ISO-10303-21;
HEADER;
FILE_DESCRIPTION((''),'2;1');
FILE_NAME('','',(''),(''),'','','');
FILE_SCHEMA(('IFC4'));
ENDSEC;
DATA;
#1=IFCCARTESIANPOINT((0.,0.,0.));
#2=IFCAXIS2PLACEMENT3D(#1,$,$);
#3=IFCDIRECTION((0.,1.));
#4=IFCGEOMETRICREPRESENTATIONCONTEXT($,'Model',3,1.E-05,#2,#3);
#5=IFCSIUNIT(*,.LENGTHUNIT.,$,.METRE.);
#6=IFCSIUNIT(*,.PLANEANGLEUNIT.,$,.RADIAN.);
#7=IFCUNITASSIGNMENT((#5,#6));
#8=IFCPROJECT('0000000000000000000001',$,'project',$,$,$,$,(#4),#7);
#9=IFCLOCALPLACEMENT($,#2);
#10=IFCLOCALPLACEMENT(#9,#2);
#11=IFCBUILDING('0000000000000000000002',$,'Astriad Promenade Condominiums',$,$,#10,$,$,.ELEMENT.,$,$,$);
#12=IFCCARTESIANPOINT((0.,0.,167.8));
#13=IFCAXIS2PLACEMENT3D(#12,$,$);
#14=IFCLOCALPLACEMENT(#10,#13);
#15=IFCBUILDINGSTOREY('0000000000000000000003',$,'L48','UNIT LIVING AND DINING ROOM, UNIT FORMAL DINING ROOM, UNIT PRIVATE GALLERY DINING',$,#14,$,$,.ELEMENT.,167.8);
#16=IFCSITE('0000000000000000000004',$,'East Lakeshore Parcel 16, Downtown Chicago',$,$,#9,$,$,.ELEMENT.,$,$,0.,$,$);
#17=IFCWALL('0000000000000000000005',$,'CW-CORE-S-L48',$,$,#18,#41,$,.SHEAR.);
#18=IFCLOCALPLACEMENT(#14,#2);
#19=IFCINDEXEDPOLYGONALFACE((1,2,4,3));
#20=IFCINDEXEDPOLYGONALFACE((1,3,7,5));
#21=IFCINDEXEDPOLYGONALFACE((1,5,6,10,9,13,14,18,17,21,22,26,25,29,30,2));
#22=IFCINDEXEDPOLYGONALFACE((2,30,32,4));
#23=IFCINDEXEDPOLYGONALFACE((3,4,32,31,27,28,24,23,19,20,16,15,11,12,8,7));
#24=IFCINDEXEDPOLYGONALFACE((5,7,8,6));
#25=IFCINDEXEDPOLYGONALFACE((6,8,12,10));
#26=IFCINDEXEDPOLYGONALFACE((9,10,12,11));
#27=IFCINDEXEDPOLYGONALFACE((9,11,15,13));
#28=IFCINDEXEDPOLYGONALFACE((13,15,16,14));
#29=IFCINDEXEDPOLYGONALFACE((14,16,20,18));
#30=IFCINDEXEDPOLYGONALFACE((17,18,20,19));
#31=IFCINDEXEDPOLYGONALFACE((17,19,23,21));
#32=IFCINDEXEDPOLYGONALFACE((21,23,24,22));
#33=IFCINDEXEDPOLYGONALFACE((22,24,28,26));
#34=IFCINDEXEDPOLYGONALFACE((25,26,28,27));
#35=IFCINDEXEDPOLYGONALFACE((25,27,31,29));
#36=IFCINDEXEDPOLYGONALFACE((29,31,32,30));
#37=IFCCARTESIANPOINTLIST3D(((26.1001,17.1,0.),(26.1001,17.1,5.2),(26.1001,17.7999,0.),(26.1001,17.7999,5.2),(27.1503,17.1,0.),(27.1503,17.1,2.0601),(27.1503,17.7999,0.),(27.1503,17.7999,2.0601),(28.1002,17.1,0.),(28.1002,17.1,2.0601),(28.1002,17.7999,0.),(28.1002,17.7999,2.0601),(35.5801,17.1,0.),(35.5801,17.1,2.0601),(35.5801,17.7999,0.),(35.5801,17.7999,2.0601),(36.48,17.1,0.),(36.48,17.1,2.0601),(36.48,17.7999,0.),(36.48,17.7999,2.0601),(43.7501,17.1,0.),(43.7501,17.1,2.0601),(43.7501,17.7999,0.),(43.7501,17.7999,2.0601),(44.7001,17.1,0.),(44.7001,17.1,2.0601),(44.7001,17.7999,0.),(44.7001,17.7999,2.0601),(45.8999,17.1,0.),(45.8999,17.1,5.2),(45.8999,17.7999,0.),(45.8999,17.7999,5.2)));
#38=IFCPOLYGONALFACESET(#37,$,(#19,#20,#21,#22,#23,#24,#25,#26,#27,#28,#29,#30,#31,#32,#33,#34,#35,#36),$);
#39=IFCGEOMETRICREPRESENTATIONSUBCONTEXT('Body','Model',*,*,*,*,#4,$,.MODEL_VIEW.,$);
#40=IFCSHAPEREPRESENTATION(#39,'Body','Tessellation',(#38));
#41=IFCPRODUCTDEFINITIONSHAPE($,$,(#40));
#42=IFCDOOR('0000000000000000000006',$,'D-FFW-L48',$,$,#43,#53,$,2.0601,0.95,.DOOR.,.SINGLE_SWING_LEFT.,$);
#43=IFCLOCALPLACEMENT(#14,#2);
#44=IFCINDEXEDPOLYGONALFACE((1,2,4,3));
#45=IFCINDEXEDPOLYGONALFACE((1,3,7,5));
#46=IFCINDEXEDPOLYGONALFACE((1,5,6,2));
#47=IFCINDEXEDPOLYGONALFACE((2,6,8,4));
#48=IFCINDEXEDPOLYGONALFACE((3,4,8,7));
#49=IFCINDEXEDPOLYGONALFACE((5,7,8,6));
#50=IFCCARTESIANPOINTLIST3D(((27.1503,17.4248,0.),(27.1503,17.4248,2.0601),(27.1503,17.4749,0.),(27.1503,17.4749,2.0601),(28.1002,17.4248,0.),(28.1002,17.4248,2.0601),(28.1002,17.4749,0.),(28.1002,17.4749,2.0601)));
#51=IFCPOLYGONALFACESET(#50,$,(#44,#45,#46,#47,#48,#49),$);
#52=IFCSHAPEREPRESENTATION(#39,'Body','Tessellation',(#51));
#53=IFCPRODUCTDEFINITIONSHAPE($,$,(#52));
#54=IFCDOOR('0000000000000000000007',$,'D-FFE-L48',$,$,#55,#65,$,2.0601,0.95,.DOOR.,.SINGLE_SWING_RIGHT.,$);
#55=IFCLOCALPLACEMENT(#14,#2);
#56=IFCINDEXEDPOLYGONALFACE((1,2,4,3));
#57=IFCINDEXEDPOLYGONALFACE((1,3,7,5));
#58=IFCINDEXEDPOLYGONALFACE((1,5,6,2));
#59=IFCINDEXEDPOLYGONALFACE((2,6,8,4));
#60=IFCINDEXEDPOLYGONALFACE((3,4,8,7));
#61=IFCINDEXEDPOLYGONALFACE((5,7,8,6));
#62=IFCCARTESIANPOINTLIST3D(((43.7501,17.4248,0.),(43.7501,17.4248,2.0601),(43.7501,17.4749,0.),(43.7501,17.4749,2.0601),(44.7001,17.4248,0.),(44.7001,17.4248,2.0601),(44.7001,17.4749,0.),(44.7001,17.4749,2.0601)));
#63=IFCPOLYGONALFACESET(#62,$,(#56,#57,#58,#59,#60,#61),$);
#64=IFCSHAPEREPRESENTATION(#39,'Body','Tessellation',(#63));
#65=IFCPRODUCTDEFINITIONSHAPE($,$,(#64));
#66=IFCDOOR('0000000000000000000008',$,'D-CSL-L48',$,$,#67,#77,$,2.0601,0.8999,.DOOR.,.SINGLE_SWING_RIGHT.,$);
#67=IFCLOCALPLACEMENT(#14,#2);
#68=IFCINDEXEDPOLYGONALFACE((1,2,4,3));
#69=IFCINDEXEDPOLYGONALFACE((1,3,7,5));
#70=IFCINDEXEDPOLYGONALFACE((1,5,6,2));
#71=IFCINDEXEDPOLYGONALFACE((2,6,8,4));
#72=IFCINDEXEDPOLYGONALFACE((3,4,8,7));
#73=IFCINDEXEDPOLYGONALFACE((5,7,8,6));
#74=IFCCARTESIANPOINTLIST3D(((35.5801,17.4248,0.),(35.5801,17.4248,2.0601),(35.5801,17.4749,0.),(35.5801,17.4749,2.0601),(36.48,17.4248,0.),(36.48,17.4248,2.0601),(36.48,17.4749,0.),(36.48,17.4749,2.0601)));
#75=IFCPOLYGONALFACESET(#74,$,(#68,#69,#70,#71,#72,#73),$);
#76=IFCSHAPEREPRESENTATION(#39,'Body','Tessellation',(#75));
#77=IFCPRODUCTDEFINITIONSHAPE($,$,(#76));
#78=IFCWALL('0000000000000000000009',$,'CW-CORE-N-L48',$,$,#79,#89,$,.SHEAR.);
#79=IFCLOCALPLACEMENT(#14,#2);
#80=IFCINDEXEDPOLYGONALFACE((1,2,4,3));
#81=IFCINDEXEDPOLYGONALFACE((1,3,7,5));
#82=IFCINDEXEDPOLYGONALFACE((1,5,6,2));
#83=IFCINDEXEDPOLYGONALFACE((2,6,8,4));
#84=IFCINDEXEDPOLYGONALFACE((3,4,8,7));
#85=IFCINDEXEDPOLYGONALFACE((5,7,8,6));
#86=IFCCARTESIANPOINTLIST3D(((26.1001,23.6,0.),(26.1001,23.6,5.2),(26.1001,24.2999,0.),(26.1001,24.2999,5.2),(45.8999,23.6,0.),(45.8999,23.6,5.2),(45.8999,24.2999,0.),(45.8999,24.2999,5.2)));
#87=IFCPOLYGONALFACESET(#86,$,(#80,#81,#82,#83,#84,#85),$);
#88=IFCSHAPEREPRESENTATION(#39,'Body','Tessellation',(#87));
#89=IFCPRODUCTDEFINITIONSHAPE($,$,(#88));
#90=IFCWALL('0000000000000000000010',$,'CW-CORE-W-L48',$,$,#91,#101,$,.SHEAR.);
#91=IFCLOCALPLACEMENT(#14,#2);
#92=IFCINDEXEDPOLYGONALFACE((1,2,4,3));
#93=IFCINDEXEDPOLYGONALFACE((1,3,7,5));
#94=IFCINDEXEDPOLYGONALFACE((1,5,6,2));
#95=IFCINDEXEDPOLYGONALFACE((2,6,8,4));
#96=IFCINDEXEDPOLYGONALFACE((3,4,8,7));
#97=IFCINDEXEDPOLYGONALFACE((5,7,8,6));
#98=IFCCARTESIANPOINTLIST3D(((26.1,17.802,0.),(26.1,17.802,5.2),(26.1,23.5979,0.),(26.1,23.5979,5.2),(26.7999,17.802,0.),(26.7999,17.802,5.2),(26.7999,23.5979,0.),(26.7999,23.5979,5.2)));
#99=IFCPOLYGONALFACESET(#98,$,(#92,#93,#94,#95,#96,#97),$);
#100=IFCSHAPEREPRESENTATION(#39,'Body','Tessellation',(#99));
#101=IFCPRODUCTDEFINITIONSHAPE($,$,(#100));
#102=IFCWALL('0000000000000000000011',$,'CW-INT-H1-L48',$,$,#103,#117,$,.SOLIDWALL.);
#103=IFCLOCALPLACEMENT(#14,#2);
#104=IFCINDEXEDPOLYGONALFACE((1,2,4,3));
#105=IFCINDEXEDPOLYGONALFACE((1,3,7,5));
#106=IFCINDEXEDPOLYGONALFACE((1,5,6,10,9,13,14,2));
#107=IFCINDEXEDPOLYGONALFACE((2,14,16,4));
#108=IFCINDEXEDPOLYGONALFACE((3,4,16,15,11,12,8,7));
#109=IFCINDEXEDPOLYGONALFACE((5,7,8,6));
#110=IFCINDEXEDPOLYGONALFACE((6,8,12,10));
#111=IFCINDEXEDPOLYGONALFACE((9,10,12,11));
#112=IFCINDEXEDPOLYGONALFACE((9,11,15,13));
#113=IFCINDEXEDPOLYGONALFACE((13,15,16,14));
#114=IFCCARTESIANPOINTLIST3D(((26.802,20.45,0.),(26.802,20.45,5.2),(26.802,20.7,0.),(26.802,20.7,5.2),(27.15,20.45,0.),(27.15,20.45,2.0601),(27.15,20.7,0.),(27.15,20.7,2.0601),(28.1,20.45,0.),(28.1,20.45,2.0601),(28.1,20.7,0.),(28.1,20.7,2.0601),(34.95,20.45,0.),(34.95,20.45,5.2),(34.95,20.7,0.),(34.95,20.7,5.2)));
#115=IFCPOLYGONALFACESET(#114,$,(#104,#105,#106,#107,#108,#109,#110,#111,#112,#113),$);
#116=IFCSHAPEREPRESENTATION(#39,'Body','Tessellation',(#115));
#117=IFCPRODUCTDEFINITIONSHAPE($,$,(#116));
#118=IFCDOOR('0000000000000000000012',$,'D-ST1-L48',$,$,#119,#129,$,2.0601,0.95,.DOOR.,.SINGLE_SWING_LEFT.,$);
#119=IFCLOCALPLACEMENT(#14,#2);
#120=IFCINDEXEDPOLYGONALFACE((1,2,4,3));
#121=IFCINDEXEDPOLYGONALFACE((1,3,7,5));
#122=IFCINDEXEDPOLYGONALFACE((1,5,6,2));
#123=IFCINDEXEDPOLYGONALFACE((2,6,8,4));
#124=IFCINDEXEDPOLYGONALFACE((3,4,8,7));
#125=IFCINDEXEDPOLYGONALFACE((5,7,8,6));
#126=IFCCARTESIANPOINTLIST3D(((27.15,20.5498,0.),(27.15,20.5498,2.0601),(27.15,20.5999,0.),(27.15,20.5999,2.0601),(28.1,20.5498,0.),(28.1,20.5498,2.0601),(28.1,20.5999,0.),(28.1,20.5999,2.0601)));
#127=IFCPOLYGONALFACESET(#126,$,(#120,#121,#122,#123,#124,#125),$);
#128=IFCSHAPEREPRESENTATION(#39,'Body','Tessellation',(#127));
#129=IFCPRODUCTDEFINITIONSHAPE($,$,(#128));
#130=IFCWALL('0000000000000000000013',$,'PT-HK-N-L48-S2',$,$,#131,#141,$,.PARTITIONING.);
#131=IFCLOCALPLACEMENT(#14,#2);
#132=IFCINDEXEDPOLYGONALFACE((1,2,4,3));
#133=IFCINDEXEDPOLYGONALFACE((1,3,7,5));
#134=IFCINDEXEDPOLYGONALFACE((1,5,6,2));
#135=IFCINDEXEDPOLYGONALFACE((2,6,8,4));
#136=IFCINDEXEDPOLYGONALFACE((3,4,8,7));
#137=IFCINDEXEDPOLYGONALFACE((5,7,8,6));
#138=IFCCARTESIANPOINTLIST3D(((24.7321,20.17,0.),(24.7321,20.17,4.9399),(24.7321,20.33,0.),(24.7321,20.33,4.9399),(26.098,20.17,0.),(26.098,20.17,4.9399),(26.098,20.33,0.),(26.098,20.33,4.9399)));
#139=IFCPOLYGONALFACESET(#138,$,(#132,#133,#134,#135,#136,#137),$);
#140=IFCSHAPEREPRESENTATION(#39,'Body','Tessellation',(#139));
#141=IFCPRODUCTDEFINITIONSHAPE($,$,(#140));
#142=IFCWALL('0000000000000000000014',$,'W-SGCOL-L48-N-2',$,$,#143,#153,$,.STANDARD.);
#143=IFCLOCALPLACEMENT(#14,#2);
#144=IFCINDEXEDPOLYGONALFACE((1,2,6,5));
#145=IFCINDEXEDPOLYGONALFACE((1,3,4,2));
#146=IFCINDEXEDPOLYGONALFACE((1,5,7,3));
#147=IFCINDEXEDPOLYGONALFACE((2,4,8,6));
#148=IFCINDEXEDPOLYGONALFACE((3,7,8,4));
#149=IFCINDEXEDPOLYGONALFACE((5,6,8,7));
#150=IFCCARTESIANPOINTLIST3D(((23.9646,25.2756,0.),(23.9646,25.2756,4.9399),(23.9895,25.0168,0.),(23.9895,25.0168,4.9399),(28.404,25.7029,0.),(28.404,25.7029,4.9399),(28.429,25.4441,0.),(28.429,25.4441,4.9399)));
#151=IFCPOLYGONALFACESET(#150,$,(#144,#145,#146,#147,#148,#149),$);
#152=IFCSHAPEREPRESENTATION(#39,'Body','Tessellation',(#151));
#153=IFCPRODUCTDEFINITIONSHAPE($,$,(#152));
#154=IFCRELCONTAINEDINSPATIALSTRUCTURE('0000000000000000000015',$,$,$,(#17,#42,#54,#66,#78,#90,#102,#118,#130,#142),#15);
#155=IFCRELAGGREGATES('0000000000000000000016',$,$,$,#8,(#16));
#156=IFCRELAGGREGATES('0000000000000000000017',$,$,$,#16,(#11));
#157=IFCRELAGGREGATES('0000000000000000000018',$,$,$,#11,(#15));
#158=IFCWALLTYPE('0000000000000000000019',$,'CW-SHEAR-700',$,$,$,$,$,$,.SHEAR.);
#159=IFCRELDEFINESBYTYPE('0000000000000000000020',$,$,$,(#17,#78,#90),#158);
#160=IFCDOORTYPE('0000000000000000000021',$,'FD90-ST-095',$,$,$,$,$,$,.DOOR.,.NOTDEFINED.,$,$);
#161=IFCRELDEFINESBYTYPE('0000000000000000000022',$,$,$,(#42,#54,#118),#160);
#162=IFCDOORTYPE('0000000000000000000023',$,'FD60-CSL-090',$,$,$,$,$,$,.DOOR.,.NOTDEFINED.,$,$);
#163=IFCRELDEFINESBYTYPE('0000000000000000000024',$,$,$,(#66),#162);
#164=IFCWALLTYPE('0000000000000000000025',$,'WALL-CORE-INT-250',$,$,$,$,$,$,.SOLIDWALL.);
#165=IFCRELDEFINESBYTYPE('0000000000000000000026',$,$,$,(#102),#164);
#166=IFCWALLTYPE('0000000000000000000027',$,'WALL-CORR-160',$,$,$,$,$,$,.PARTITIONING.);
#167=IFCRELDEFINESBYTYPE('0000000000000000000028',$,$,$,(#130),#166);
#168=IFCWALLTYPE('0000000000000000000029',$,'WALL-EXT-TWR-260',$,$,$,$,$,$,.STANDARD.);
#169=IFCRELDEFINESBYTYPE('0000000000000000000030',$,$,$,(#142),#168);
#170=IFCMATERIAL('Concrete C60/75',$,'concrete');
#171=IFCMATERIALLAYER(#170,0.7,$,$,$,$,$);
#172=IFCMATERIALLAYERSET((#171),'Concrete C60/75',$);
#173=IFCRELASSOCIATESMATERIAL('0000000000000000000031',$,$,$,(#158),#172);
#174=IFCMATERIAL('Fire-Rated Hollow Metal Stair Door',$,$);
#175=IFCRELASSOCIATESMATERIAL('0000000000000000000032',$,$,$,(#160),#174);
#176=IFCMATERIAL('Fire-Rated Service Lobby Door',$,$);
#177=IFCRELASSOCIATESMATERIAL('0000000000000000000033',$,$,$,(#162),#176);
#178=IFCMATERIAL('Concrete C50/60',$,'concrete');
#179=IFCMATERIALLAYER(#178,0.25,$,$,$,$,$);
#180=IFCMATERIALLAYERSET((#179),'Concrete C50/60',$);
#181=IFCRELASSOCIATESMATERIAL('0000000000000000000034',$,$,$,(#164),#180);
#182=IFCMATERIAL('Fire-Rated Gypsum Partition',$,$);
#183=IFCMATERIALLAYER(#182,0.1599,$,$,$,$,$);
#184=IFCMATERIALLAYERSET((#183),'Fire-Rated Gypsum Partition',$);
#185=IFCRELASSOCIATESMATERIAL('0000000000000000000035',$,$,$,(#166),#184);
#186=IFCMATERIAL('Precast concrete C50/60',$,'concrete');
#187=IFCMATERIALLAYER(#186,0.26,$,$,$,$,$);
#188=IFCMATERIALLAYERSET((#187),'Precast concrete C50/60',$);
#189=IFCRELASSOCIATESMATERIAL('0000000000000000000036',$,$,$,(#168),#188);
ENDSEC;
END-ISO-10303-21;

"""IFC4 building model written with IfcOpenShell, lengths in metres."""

from ifc_helpers import new_model, si_unit, direction, frame, frame_2d, origin, place, context, subcontext, project, spatial, rectangle, extrude, source, transform, mapped, material, layer, layer_set, type_object, type_shapes, element, fill, save


model = new_model("IFC4")

# Units and contexts
model_context = context("Model", 3, precision=1e-05, world=origin(), true_north=direction((0.0, 1.0)))
body_context = subcontext(model_context, "Body", "Model", "MODEL_VIEW")
ifc_project = project(units=[si_unit("LENGTHUNIT", "METRE"), si_unit("PLANEANGLEUNIT", "RADIAN")], contexts=[model_context])

# Site, building, storey
site_placement = place(None, origin())
site = spatial("IfcSite", under=ifc_project, at=site_placement, Name="East Lakeshore Parcel 16, Downtown Chicago", CompositionType="ELEMENT", RefElevation=0.0)
building_placement = place(site_placement, origin())
building = spatial("IfcBuilding", under=site, at=building_placement, Name="Astriad Promenade Condominiums", CompositionType="ELEMENT")
storey_placement = place(building_placement, frame((0.0, 0.0, 167.8)))
storey = spatial("IfcBuildingStorey", under=building, at=storey_placement, Name="L48", Description="UNIT LIVING AND DINING ROOM, UNIT FORMAL DINING ROOM, UNIT PRIVATE GALLERY DINING", CompositionType="ELEMENT", Elevation=167.8)

# Shared definitions
ifc_material_1 = material(Name="Concrete C50/60", Category="concrete")

# Wall, openings, doors
ifc_material_2 = material(Name="Concrete C60/75", Category="concrete")
ifc_layer_1 = layer(ifc_material_2, 0.7)
ifc_layer_set_1 = layer_set([ifc_layer_1], Name="Concrete C60/75")
wall_type_1 = type_object("IfcWallType", Name="CW-SHEAR-700", PredefinedType="SHEAR", material=ifc_layer_set_1)
wall_1_placement = place(storey_placement, frame((26.1001, 17.45, 0.0), z_axis=(0.0, 0.0, 1.0), x_axis=(1.0, 0.0, 0.0)))
wall_1 = element("IfcWall", 1, at=wall_1_placement, inside=storey, type_object=wall_type_1, Name="CW-CORE-S-L48", PredefinedType="SHEAR", context=body_context, shape_type="SweptSolid", body=[
    extrude(rectangle(XDim=19.7998, YDim=0.7, at=frame_2d((9.8999, 0.0))), origin(), (0.0, 0.0, 1.0), 5.2),
])
opening_1_placement = place(wall_1_placement, frame((1.05, 0.0, 0.0)))
opening_1 = element("IfcOpeningElement", 2, at=opening_1_placement, cuts=wall_1, PredefinedType="OPENING", context=body_context, shape_type="SweptSolid", body=[
    extrude(rectangle(XDim=0.95, YDim=2.0601, at=frame_2d((0.4751, 1.03))), frame((0.0, 0.3599, 0.0), z_axis=(0.0, -1.0, 0.0), x_axis=(1.0, 0.0, 0.0)), (0.0, 0.0, 1.0), 0.72),
])
opening_2_placement = place(wall_1_placement, frame((9.48, 0.0, 0.0)))
opening_2 = element("IfcOpeningElement", 3, at=opening_2_placement, cuts=wall_1, PredefinedType="OPENING", context=body_context, shape_type="SweptSolid", body=[
    extrude(rectangle(XDim=0.8999, YDim=2.0601, at=frame_2d((0.45, 1.03))), frame((0.0, 0.3599, 0.0), z_axis=(0.0, -1.0, 0.0), x_axis=(1.0, 0.0, 0.0)), (0.0, 0.0, 1.0), 0.72),
])
opening_3_placement = place(wall_1_placement, frame((17.6499, 0.0, 0.0)))
opening_3 = element("IfcOpeningElement", 4, at=opening_3_placement, cuts=wall_1, PredefinedType="OPENING", context=body_context, shape_type="SweptSolid", body=[
    extrude(rectangle(XDim=0.95, YDim=2.0601, at=frame_2d((0.4751, 1.03))), frame((0.0, 0.3599, 0.0), z_axis=(0.0, -1.0, 0.0), x_axis=(1.0, 0.0, 0.0)), (0.0, 0.0, 1.0), 0.72),
])
ifc_material_3 = material(Name="Fire-Rated Hollow Metal Stair Door")
door_type_1 = type_object("IfcDoorType", Name="FD90-ST-095", OperationType="NOTDEFINED", PredefinedType="DOOR", material=ifc_material_3)
shared_shape_1 = source(origin(), body_context, "Body", "SweptSolid", [
    extrude(rectangle(XDim=0.95, YDim=2.0601, at=frame_2d((0.4751, 1.03))), frame((0.0, 0.0249, 0.0), z_axis=(0.0, -1.0, 0.0), x_axis=(1.0, 0.0, 0.0)), (0.0, 0.0, 1.0), 0.05),
])
type_shapes(door_type_1, [shared_shape_1])
door_1_placement = place(opening_1_placement, origin())
door_1 = element("IfcDoor", 5, at=door_1_placement, inside=storey, type_object=door_type_1, Name="D-FFW-L48", OperationType="SINGLE_SWING_LEFT", OverallHeight=2.0601, OverallWidth=0.95, PredefinedType="DOOR", context=body_context, shape_type="MappedRepresentation", body=[
    mapped(shared_shape_1, transform((0.0, 0.0, 0.0), scale=1.0)),
])
fill(opening_1, door_1)
door_2_placement = place(opening_3_placement, origin())
door_2 = element("IfcDoor", 6, at=door_2_placement, inside=storey, type_object=door_type_1, Name="D-FFE-L48", OperationType="SINGLE_SWING_RIGHT", OverallHeight=2.0601, OverallWidth=0.95, PredefinedType="DOOR", context=body_context, shape_type="MappedRepresentation", body=[
    mapped(shared_shape_1, transform((0.0, 0.0, 0.0), scale=1.0)),
])
fill(opening_3, door_2)
ifc_material_4 = material(Name="Fire-Rated Service Lobby Door")
door_type_2 = type_object("IfcDoorType", Name="FD60-CSL-090", OperationType="NOTDEFINED", PredefinedType="DOOR", material=ifc_material_4)
shared_shape_2 = source(origin(), body_context, "Body", "SweptSolid", [
    extrude(rectangle(XDim=0.8999, YDim=2.0601, at=frame_2d((0.45, 1.03))), frame((0.0, 0.0249, 0.0), z_axis=(0.0, -1.0, 0.0), x_axis=(1.0, 0.0, 0.0)), (0.0, 0.0, 1.0), 0.05),
])
type_shapes(door_type_2, [shared_shape_2])
door_3_placement = place(opening_2_placement, origin())
door_3 = element("IfcDoor", 7, at=door_3_placement, inside=storey, type_object=door_type_2, Name="D-CSL-L48", OperationType="SINGLE_SWING_RIGHT", OverallHeight=2.0601, OverallWidth=0.8999, PredefinedType="DOOR", context=body_context, shape_type="MappedRepresentation", body=[
    mapped(shared_shape_2, transform((0.0, 0.0, 0.0), scale=1.0)),
])
fill(opening_2, door_3)

# Walls
wall_2_placement = place(storey_placement, frame((26.1001, 23.95, 0.0), z_axis=(0.0, 0.0, 1.0), x_axis=(1.0, 0.0, 0.0)))
element("IfcWall", 8, at=wall_2_placement, inside=storey, type_object=wall_type_1, Name="CW-CORE-N-L48", PredefinedType="SHEAR", context=body_context, shape_type="SweptSolid", body=[
    extrude(rectangle(XDim=19.7998, YDim=0.7, at=frame_2d((9.8999, 0.0))), origin(), (0.0, 0.0, 1.0), 5.2),
])
wall_3_placement = place(storey_placement, frame((26.45, 17.802, 0.0), z_axis=(0.0, 0.0, 1.0), x_axis=(0.0, 1.0, 0.0)))
element("IfcWall", 9, at=wall_3_placement, inside=storey, type_object=wall_type_1, Name="CW-CORE-W-L48", PredefinedType="SHEAR", context=body_context, shape_type="SweptSolid", body=[
    extrude(rectangle(XDim=5.7959, YDim=0.7, at=frame_2d((2.8979, 0.0))), origin(), (0.0, 0.0, 1.0), 5.2),
])

# Wall, opening, door
ifc_layer_2 = layer(ifc_material_1, 0.25)
ifc_layer_set_2 = layer_set([ifc_layer_2], Name="Concrete C50/60")
wall_type_2 = type_object("IfcWallType", Name="WALL-CORE-INT-250", PredefinedType="SOLIDWALL", material=ifc_layer_set_2)
wall_4_placement = place(storey_placement, frame((26.802, 20.575, 0.0), z_axis=(0.0, 0.0, 1.0), x_axis=(1.0, 0.0, 0.0)))
wall_4 = element("IfcWall", 10, at=wall_4_placement, inside=storey, type_object=wall_type_2, Name="CW-INT-H1-L48", PredefinedType="SOLIDWALL", context=body_context, shape_type="SweptSolid", body=[
    extrude(rectangle(XDim=8.1479, YDim=0.25, at=frame_2d((4.074, 0.0))), origin(), (0.0, 0.0, 1.0), 5.2),
])
opening_4_placement = place(wall_4_placement, frame((0.3479, 0.0, 0.0)))
opening_4 = element("IfcOpeningElement", 11, at=opening_4_placement, cuts=wall_4, PredefinedType="OPENING", context=body_context, shape_type="SweptSolid", body=[
    extrude(rectangle(XDim=0.95, YDim=2.0601, at=frame_2d((0.4751, 1.03))), frame((0.0, 0.135, 0.0), z_axis=(0.0, -1.0, 0.0), x_axis=(1.0, 0.0, 0.0)), (0.0, 0.0, 1.0), 0.27),
])
door_4_placement = place(opening_4_placement, origin())
door_4 = element("IfcDoor", 12, at=door_4_placement, inside=storey, type_object=door_type_1, Name="D-ST1-L48", OperationType="SINGLE_SWING_LEFT", OverallHeight=2.0601, OverallWidth=0.95, PredefinedType="DOOR", context=body_context, shape_type="MappedRepresentation", body=[
    mapped(shared_shape_1, transform((0.0, 0.0, 0.0), scale=1.0)),
])
fill(opening_4, door_4)

# Walls
ifc_material_5 = material(Name="Fire-Rated Gypsum Partition")
ifc_layer_3 = layer(ifc_material_5, 0.1599)
ifc_layer_set_3 = layer_set([ifc_layer_3], Name="Fire-Rated Gypsum Partition")
wall_type_3 = type_object("IfcWallType", Name="WALL-CORR-160", PredefinedType="PARTITIONING", material=ifc_layer_set_3)
wall_5_placement = place(storey_placement, frame((24.7319, 20.25, 0.0), z_axis=(0.0, 0.0, 1.0), x_axis=(1.0, 0.0, 0.0)))
element("IfcWall", 13, at=wall_5_placement, inside=storey, type_object=wall_type_3, Name="PT-HK-N-L48-S2", PredefinedType="PARTITIONING", context=body_context, shape_type="SweptSolid", body=[
    extrude(rectangle(XDim=1.366, YDim=0.1599, at=frame_2d((0.6831, 0.0))), origin(), (0.0, 0.0, 1.0), 4.9399),
])
ifc_material_6 = material(Name="Precast concrete C50/60", Category="concrete")
ifc_layer_4 = layer(ifc_material_6, 0.26)
ifc_layer_set_4 = layer_set([ifc_layer_4], Name="Precast concrete C50/60")
wall_type_4 = type_object("IfcWallType", Name="WALL-EXT-TWR-260", PredefinedType="STANDARD", material=ifc_layer_set_4)
wall_6_placement = place(storey_placement, frame((23.9771, 25.1462, 0.0), z_axis=(0.0, 0.0, 1.0), x_axis=(0.995401, 0.095796, 0.0)))
element("IfcWall", 14, at=wall_6_placement, inside=storey, type_object=wall_type_4, Name="W-SGCOL-L48-N-2", PredefinedType="STANDARD", context=body_context, shape_type="SweptSolid", body=[
    extrude(rectangle(XDim=4.46, YDim=0.26, at=frame_2d((2.23, 0.0))), origin(), (0.0, 0.0, 1.0), 4.9399),
])

save(model, "model.ifc")
